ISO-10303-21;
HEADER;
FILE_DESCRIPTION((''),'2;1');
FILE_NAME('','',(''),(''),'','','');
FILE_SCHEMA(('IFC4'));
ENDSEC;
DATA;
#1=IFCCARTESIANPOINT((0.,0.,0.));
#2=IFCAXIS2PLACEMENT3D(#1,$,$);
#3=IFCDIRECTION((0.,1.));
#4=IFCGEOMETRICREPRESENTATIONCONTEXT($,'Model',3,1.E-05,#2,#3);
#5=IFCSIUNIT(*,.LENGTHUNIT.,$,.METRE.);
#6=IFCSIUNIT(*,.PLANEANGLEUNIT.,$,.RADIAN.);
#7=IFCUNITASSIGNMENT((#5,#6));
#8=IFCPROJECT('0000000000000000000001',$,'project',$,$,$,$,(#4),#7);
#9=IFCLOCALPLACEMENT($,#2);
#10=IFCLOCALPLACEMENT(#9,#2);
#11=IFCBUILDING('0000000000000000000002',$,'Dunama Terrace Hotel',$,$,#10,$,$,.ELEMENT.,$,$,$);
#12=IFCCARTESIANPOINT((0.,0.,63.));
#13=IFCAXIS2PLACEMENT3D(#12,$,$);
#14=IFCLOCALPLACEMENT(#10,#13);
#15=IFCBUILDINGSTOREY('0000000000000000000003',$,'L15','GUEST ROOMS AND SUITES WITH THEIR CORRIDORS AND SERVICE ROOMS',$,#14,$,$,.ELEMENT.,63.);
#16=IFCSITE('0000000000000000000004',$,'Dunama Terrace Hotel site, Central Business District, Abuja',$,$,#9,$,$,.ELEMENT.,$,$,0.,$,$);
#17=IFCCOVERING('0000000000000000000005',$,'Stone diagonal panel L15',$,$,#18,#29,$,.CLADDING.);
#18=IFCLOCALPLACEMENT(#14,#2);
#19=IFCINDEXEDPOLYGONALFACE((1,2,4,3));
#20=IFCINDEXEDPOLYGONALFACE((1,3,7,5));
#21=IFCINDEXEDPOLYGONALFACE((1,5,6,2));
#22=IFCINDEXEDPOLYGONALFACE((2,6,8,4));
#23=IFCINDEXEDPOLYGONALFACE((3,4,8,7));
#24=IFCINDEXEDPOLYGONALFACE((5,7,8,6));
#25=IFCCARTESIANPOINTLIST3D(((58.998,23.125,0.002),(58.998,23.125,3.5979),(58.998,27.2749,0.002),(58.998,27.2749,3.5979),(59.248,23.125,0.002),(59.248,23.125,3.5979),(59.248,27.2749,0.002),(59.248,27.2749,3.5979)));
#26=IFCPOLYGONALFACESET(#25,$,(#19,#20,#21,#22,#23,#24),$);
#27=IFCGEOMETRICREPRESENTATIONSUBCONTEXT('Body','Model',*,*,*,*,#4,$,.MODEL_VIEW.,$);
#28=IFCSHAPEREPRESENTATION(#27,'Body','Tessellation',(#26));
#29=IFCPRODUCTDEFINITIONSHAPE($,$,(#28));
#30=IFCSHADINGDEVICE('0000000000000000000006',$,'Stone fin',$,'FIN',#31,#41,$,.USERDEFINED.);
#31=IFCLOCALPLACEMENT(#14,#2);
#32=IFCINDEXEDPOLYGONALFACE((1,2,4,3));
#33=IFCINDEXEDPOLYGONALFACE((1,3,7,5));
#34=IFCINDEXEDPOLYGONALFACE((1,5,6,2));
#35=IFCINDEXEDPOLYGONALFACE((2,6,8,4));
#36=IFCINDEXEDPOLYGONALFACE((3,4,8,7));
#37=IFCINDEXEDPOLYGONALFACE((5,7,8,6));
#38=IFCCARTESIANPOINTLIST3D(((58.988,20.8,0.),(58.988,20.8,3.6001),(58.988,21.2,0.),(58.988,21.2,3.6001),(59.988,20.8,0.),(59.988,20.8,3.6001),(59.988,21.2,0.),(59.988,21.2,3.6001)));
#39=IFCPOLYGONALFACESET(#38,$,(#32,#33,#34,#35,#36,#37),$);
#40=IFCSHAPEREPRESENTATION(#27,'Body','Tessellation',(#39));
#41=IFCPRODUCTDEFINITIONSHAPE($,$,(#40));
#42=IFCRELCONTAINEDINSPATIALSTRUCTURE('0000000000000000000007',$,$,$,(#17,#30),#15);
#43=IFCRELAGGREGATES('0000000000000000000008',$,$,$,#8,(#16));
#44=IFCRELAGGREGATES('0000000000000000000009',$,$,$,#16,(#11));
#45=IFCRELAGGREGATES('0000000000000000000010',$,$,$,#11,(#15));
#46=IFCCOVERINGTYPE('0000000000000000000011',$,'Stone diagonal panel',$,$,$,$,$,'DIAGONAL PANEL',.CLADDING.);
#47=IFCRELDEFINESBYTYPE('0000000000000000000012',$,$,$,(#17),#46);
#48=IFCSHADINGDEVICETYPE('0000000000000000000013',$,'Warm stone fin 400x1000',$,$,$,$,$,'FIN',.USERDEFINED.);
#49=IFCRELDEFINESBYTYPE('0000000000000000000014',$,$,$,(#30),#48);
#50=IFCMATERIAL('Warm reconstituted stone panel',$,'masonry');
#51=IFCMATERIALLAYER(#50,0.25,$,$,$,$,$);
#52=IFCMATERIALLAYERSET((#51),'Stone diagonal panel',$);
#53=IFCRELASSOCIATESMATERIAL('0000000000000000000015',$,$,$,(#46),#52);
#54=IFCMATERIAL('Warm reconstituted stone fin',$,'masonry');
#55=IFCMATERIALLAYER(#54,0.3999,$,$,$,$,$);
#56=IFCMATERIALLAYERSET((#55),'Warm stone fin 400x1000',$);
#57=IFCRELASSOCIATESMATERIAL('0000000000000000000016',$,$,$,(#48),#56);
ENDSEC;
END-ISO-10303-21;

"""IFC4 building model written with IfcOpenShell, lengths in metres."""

from ifc_helpers import new_model, si_unit, direction, frame, origin, origin_2d, place, context, subcontext, project, spatial, rectangle, extrude, material, layer, layer_set, type_object, element, save


model = new_model("IFC4")

# Units and contexts
model_context = context("Model", 3, precision=1e-05, world=origin(), true_north=direction((0.0, 1.0)))
body_context = subcontext(model_context, "Body", "Model", "MODEL_VIEW")
ifc_project = project(units=[si_unit("LENGTHUNIT", "METRE"), si_unit("PLANEANGLEUNIT", "RADIAN")], contexts=[model_context])

# Site, building, storey
site_placement = place(None, origin())
site = spatial("IfcSite", under=ifc_project, at=site_placement, Name="Dunama Terrace Hotel site, Central Business District, Abuja", CompositionType="ELEMENT", RefElevation=0.0)
building_placement = place(site_placement, origin())
building = spatial("IfcBuilding", under=site, at=building_placement, Name="Dunama Terrace Hotel", CompositionType="ELEMENT")
storey_placement = place(building_placement, frame((0.0, 0.0, 63.0)))
storey = spatial("IfcBuildingStorey", under=building, at=storey_placement, Name="L15", Description="GUEST ROOMS AND SUITES WITH THEIR CORRIDORS AND SERVICE ROOMS", CompositionType="ELEMENT", Elevation=63.0)

# Covering
ifc_material_1 = material(Name="Warm reconstituted stone panel", Category="masonry")
ifc_layer_1 = layer(ifc_material_1, 0.25)
ifc_layer_set_1 = layer_set([ifc_layer_1], Name="Stone diagonal panel")
covering_type = type_object("IfcCoveringType", Name="Stone diagonal panel", ElementType="DIAGONAL PANEL", PredefinedType="CLADDING", material=ifc_layer_set_1)
for number, where, z_axis, x_axis, name in (
    (1, (59.123, 25.2, 0.002), (0.0, 0.0, 1.0), (0.0, 1.0, 0.0), "Stone diagonal panel L15"),
):
    element("IfcCovering", number, at=place(storey_placement, frame(where, z_axis=z_axis, x_axis=x_axis)), inside=storey, type_object=covering_type, Name=name, PredefinedType="CLADDING", context=body_context, shape_type="SweptSolid", body=[
        extrude(rectangle(XDim=4.1499, YDim=0.25, at=origin_2d()), origin(), (0.0, 0.0, 1.0), 3.5959),
    ])

# Shading device
ifc_material_2 = material(Name="Warm reconstituted stone fin", Category="masonry")
ifc_layer_2 = layer(ifc_material_2, 0.3999)
ifc_layer_set_2 = layer_set([ifc_layer_2], Name="Warm stone fin 400x1000")
shading_device_type = type_object("IfcShadingDeviceType", Name="Warm stone fin 400x1000", ElementType="FIN", PredefinedType="USERDEFINED", material=ifc_layer_set_2)
shading_device_placement = place(storey_placement, frame((59.488, 21.0, 0.0), z_axis=(0.0, 0.0, 1.0), x_axis=(0.0, 1.0, 0.0)))
element("IfcShadingDevice", 2, at=shading_device_placement, inside=storey, type_object=shading_device_type, Name="Stone fin", ObjectType="FIN", PredefinedType="USERDEFINED", context=body_context, shape_type="SweptSolid", body=[
    extrude(rectangle(XDim=0.3999, YDim=1.0, at=origin_2d()), origin(), (0.0, 0.0, 1.0), 3.6001),
])

save(model, "model.ifc")
